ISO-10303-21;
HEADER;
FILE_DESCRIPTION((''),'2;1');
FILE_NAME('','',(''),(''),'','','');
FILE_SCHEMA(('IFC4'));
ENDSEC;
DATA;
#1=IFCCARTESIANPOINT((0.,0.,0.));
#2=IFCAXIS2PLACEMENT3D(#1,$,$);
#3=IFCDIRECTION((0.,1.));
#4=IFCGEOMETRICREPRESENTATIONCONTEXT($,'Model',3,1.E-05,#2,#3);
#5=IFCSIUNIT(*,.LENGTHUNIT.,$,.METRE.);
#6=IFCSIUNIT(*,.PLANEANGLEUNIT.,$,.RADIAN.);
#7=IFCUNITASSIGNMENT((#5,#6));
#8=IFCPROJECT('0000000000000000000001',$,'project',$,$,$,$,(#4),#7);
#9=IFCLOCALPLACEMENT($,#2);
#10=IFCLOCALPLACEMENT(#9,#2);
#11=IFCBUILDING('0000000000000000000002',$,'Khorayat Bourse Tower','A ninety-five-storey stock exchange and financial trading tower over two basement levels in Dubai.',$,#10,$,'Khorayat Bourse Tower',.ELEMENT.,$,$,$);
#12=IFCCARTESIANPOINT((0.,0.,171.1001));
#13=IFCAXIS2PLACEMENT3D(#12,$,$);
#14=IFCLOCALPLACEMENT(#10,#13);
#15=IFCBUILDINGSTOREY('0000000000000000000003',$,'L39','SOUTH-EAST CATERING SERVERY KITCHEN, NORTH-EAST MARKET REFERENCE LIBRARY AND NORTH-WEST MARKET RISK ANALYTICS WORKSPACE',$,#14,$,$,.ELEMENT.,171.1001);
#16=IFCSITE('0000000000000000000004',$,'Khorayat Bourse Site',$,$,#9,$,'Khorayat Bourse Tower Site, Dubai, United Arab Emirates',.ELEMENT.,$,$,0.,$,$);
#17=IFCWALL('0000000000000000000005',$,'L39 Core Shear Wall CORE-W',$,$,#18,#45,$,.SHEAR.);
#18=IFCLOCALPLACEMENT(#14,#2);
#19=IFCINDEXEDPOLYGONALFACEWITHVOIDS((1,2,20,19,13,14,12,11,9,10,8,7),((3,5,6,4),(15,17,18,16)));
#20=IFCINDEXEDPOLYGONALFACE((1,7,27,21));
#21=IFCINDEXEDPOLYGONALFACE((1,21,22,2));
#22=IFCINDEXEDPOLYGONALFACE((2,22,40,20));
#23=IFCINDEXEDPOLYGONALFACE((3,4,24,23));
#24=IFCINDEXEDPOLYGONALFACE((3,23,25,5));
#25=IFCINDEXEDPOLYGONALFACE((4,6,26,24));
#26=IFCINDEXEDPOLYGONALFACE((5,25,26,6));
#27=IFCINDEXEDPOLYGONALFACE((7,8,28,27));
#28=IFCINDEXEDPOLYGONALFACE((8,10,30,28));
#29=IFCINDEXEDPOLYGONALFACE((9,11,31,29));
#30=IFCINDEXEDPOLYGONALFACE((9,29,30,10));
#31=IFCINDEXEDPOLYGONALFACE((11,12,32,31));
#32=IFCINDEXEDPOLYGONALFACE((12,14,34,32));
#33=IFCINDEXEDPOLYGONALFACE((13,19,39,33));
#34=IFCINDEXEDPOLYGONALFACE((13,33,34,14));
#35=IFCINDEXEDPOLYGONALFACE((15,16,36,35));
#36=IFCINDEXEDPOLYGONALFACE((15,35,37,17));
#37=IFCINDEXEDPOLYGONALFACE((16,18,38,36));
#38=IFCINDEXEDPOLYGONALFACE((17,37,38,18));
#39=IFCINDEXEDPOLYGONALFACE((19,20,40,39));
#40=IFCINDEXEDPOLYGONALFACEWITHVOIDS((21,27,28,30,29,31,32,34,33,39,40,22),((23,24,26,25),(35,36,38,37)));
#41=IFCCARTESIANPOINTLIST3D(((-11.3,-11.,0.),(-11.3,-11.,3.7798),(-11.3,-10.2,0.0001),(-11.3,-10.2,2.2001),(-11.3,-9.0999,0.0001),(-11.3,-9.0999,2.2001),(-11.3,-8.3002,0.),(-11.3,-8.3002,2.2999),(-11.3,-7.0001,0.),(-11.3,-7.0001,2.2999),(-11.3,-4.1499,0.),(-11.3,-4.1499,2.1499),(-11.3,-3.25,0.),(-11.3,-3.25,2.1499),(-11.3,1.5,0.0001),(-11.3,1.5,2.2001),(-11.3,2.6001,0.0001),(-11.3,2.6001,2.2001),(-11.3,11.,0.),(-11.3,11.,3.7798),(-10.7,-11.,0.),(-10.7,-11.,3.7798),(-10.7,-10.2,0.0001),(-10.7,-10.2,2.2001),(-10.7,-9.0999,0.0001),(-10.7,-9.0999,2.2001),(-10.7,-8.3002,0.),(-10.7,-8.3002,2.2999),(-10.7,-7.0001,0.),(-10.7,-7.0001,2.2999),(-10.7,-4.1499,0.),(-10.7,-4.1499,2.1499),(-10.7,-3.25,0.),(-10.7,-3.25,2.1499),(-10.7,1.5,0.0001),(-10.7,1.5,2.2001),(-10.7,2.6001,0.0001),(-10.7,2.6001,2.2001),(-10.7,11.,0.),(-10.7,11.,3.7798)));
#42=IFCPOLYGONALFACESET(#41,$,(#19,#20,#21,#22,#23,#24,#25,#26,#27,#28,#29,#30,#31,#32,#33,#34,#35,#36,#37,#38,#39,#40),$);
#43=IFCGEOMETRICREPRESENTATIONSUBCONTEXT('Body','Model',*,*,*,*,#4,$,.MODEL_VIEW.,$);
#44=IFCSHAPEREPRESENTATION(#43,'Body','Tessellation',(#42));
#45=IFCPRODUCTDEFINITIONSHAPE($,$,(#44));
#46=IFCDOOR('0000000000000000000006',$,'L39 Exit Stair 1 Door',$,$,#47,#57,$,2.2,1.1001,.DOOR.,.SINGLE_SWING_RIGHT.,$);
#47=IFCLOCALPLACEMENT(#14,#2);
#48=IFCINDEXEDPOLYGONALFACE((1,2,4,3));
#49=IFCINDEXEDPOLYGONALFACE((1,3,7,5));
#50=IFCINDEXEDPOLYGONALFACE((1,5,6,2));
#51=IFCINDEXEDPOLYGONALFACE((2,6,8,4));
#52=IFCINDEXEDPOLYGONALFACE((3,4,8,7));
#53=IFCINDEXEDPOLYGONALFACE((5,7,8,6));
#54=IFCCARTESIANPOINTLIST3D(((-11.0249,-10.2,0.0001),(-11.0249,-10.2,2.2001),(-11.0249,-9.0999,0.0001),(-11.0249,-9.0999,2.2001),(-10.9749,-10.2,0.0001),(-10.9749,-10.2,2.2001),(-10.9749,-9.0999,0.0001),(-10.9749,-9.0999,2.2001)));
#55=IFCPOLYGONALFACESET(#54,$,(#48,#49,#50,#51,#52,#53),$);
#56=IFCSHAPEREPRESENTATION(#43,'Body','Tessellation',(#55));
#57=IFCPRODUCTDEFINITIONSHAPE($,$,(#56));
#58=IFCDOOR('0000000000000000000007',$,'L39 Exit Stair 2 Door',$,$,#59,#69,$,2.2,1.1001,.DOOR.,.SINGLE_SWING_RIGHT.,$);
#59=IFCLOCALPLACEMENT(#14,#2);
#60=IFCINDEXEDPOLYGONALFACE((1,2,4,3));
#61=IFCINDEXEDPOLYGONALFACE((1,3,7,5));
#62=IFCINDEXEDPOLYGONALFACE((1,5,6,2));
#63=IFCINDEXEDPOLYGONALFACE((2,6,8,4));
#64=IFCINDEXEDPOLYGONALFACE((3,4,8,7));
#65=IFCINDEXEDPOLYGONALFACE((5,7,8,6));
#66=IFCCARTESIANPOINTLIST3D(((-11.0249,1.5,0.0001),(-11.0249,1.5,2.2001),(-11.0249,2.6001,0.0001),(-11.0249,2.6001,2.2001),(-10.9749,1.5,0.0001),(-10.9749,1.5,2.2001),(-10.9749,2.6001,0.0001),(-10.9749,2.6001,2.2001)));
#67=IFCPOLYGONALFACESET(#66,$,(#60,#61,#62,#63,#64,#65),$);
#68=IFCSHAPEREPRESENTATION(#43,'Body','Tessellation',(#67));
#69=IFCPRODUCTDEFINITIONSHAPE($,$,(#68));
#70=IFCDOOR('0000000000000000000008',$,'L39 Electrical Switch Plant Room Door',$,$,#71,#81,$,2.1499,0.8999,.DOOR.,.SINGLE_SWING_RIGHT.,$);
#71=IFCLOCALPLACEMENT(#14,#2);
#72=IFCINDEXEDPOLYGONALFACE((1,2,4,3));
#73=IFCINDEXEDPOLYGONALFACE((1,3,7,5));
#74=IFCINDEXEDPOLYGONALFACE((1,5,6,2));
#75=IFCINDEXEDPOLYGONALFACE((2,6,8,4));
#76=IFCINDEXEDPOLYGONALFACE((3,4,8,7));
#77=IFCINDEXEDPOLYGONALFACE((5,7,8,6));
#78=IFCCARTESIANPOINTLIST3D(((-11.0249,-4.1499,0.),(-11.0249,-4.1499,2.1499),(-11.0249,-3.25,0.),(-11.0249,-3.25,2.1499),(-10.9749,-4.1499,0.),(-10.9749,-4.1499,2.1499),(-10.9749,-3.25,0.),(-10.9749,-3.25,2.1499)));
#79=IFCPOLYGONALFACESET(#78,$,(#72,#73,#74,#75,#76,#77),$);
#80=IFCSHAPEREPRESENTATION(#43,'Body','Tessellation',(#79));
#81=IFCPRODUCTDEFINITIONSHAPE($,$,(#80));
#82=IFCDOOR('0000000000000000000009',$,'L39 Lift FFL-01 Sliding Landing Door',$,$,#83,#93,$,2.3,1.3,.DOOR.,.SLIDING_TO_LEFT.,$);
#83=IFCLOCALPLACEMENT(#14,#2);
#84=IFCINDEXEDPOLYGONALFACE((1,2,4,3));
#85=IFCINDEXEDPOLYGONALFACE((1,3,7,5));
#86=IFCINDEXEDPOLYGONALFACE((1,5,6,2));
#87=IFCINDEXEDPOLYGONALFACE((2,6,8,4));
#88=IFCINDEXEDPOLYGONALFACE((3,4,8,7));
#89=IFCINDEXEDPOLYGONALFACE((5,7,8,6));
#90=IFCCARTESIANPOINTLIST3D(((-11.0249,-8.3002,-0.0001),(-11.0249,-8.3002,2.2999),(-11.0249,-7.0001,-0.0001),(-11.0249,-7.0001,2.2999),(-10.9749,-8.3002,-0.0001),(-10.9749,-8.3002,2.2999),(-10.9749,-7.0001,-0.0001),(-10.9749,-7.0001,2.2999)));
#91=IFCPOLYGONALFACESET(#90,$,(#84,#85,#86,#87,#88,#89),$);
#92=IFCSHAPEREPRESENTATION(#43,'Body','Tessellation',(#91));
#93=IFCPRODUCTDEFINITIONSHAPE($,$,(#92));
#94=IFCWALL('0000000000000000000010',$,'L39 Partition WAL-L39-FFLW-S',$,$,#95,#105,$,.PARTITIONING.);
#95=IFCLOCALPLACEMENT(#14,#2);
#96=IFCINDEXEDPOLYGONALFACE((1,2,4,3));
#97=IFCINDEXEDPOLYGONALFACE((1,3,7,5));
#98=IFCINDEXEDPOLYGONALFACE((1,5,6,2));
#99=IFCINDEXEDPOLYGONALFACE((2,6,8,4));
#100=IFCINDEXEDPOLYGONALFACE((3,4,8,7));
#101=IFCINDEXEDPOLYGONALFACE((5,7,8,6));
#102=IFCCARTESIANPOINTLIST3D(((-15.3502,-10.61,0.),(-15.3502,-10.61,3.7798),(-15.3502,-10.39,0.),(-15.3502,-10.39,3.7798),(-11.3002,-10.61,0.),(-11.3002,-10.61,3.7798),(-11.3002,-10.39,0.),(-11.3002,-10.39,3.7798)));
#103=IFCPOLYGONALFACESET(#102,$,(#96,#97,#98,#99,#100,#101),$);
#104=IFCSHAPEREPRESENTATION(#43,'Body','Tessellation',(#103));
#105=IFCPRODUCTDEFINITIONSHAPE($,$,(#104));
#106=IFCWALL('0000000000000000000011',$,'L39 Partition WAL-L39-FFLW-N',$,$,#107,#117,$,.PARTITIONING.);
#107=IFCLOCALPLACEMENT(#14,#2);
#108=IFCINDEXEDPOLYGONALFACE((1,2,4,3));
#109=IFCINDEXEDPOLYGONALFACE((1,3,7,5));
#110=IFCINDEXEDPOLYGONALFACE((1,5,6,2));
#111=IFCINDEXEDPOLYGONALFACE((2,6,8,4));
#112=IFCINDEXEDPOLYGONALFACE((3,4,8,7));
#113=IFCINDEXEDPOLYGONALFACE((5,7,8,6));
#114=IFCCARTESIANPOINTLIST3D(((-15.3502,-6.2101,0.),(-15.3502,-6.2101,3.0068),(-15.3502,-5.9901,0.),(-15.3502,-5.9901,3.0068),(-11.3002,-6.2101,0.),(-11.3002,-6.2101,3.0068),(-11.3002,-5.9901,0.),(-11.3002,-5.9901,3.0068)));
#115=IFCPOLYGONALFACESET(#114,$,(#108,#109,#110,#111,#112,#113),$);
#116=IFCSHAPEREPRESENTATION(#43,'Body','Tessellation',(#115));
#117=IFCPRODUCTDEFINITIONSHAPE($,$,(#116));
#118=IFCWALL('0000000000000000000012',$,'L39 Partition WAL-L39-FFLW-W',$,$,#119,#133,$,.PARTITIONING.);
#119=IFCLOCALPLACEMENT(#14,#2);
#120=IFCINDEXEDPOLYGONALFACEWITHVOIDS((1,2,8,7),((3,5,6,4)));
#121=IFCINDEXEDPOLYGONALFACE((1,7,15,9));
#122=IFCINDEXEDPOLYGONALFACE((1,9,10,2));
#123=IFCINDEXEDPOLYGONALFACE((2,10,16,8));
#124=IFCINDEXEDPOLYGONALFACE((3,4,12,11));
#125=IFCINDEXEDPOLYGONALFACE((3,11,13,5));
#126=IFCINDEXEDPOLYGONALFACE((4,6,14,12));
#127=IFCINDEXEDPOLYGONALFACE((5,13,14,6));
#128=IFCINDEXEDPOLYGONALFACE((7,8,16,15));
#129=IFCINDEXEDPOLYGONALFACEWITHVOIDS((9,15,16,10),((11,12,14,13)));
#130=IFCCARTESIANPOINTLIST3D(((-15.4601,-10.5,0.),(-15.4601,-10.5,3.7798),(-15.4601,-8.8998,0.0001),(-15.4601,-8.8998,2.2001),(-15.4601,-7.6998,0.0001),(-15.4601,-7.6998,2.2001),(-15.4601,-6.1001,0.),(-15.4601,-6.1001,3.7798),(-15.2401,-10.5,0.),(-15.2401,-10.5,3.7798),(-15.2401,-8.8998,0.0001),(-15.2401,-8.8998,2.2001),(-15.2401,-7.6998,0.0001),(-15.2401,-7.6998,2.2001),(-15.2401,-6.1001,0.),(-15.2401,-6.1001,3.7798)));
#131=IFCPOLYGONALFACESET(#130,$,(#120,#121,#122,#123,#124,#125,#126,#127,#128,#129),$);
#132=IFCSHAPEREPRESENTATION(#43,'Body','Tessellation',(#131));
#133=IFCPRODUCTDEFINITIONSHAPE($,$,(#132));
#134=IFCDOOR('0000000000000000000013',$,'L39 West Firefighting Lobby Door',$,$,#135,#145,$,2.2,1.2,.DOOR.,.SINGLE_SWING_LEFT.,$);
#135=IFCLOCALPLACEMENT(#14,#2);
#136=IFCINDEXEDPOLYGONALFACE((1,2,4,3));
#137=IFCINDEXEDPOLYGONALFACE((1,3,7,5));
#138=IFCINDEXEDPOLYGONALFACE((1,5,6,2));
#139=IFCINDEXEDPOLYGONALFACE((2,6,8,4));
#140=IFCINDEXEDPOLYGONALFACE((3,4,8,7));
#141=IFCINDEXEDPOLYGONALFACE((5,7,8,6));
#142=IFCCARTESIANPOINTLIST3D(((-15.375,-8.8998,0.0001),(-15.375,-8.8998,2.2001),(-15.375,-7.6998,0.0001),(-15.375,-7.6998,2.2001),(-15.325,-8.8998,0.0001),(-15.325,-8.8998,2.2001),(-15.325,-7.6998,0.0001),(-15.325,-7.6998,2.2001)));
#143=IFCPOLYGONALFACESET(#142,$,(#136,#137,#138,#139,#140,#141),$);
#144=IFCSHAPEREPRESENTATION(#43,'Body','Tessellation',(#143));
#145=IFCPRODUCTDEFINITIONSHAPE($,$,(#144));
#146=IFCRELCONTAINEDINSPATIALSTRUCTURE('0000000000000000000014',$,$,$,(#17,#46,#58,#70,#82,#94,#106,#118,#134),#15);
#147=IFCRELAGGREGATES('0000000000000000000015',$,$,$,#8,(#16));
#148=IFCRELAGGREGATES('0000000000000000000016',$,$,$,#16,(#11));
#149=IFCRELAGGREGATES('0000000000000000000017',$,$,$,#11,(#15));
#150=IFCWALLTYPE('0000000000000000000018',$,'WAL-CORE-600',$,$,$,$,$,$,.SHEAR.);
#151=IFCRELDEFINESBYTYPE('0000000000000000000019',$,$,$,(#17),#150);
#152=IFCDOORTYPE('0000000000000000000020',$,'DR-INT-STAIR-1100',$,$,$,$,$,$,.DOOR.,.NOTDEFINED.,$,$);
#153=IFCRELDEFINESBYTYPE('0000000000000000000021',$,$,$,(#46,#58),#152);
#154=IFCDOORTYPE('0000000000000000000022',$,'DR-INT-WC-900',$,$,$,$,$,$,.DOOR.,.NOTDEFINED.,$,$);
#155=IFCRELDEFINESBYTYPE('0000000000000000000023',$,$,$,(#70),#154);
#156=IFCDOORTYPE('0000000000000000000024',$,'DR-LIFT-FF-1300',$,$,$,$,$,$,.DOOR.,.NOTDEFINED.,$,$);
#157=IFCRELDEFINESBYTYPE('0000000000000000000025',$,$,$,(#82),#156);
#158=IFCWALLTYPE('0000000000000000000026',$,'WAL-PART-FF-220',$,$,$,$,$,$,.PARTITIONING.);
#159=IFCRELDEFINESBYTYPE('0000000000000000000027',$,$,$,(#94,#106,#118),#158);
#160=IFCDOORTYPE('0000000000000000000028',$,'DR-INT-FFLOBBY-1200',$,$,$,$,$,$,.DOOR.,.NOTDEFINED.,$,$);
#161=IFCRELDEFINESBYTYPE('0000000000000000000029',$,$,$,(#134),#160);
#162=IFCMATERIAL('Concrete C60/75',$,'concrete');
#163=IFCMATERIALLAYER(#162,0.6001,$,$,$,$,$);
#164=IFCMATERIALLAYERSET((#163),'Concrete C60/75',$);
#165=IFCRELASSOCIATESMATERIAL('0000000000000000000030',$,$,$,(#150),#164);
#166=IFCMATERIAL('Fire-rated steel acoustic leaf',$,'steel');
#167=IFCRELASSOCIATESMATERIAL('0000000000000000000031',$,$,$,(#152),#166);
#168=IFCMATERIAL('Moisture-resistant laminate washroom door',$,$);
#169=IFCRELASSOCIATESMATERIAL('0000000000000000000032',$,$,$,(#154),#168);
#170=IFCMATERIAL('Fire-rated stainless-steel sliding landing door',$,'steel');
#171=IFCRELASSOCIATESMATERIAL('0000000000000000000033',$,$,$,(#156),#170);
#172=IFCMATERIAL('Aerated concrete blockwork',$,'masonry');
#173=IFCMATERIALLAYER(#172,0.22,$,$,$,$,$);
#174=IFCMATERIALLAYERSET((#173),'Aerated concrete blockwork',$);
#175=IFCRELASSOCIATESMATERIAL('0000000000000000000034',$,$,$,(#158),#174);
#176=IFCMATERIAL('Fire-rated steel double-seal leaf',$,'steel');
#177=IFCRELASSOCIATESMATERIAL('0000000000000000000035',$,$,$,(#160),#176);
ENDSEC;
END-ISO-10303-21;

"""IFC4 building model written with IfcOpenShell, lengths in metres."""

from ifc_helpers import new_model, si_unit, direction, frame, frame_2d, origin, place, context, subcontext, project, spatial, rectangle, extrude, source, transform, mapped, material, layer, layer_set, type_object, element, fill, save


model = new_model("IFC4")

# Units and contexts
model_context = context("Model", 3, precision=1e-05, world=origin(), true_north=direction((0.0, 1.0)))
body_context = subcontext(model_context, "Body", "Model", "MODEL_VIEW")
ifc_project = project(units=[si_unit("LENGTHUNIT", "METRE"), si_unit("PLANEANGLEUNIT", "RADIAN")], contexts=[model_context])

# Site, building, storey
site_placement = place(None, origin())
site = spatial("IfcSite", under=ifc_project, at=site_placement, Name="Khorayat Bourse Site", LongName="Khorayat Bourse Tower Site, Dubai, United Arab Emirates", CompositionType="ELEMENT", RefElevation=0.0)
building_placement = place(site_placement, origin())
building = spatial("IfcBuilding", under=site, at=building_placement, Name="Khorayat Bourse Tower", Description="A ninety-five-storey stock exchange and financial trading tower over two basement levels in Dubai.", LongName="Khorayat Bourse Tower", CompositionType="ELEMENT")
storey_placement = place(building_placement, frame((0.0, 0.0, 171.1001)))
storey = spatial("IfcBuildingStorey", under=building, at=storey_placement, Name="L39", Description="SOUTH-EAST CATERING SERVERY KITCHEN, NORTH-EAST MARKET REFERENCE LIBRARY AND NORTH-WEST MARKET RISK ANALYTICS WORKSPACE", CompositionType="ELEMENT", Elevation=171.1001)

# Shared definitions
ifc_material_1 = material(Name="Concrete C60/75", Category="concrete")

# Wall, openings, doors
ifc_layer_1 = layer(ifc_material_1, 0.6001)
ifc_layer_set_1 = layer_set([ifc_layer_1], Name="Concrete C60/75")
wall_type_1 = type_object("IfcWallType", Name="WAL-CORE-600", PredefinedType="SHEAR", material=ifc_layer_set_1)
shared_shape_1 = source(origin(), body_context, "Body", "SweptSolid", [
    extrude(rectangle(XDim=22.0, YDim=0.6001, at=frame_2d((11.0, 0.0))), origin(), (0.0, 0.0, 1.0), 3.7798),
])
wall_1_placement = place(storey_placement, frame((-11.0, -11.0, 0.0), z_axis=(0.0, 0.0, 1.0), x_axis=(0.0, 1.0, 0.0)))
wall_1 = element("IfcWall", 1, at=wall_1_placement, inside=storey, type_object=wall_type_1, Name="L39 Core Shear Wall CORE-W", PredefinedType="SHEAR", context=body_context, shape_type="MappedRepresentation", body=[
    mapped(shared_shape_1, transform((0.0, 0.0, 0.0), scale=1.0)),
])
shared_shape_2 = source(origin(), body_context, "Body", "SweptSolid", [
    extrude(rectangle(XDim=1.1001, YDim=2.2, at=frame_2d((0.55, 1.1001))), frame((0.0, 0.3101, 0.0), z_axis=(0.0, -1.0, 0.0), x_axis=(1.0, 0.0, 0.0)), (0.0, 0.0, 1.0), 0.6201),
])
opening_1_placement = place(wall_1_placement, frame((0.8, 0.0, 0.0)))
opening_1 = element("IfcOpeningElement", 2, at=opening_1_placement, cuts=wall_1, PredefinedType="OPENING", context=body_context, shape_type="MappedRepresentation", body=[
    mapped(shared_shape_2, transform((0.0, 0.0, 0.0), scale=1.0)),
])
opening_2_placement = place(wall_1_placement, frame((12.5, 0.0, 0.0)))
opening_2 = element("IfcOpeningElement", 3, at=opening_2_placement, cuts=wall_1, PredefinedType="OPENING", context=body_context, shape_type="MappedRepresentation", body=[
    mapped(shared_shape_2, transform((0.0, 0.0, 0.0), scale=1.0)),
])
shared_shape_3 = source(origin(), body_context, "Body", "SweptSolid", [
    extrude(rectangle(XDim=0.8999, YDim=2.1499, at=frame_2d((0.45, 1.075))), frame((0.0, 0.3101, 0.0), z_axis=(0.0, -1.0, 0.0), x_axis=(1.0, 0.0, 0.0)), (0.0, 0.0, 1.0), 0.6201),
])
opening_3_placement = place(wall_1_placement, frame((6.8501, 0.0, 0.0)))
opening_3 = element("IfcOpeningElement", 4, at=opening_3_placement, cuts=wall_1, PredefinedType="OPENING", context=body_context, shape_type="MappedRepresentation", body=[
    mapped(shared_shape_3, transform((0.0, 0.0, 0.0), scale=1.0)),
])
shared_shape_4 = source(origin(), body_context, "Body", "SweptSolid", [
    extrude(rectangle(XDim=1.3, YDim=2.3, at=frame_2d((0.6499, 1.1499))), frame((0.0, 0.3101, 0.0), z_axis=(0.0, -1.0, 0.0), x_axis=(1.0, 0.0, 0.0)), (0.0, 0.0, 1.0), 0.6201),
])
opening_4_placement = place(wall_1_placement, frame((2.7, 0.0, 0.0)))
opening_4 = element("IfcOpeningElement", 5, at=opening_4_placement, cuts=wall_1, PredefinedType="OPENING", context=body_context, shape_type="MappedRepresentation", body=[
    mapped(shared_shape_4, transform((0.0, 0.0, 0.0), scale=1.0)),
])
ifc_material_2 = material(Name="Fire-rated steel acoustic leaf", Category="steel")
door_type_1 = type_object("IfcDoorType", Name="DR-INT-STAIR-1100", OperationType="NOTDEFINED", PredefinedType="DOOR", material=ifc_material_2)
shared_shape_5 = source(origin(), body_context, "Body", "SweptSolid", [
    extrude(rectangle(XDim=1.1001, YDim=2.2, at=frame_2d((0.55, 1.1001))), frame((0.0, 0.0249, 0.0), z_axis=(0.0, -1.0, 0.0), x_axis=(1.0, 0.0, 0.0)), (0.0, 0.0, 1.0), 0.05),
])
door_1_placement = place(opening_1_placement, origin())
door_1 = element("IfcDoor", 6, at=door_1_placement, inside=storey, type_object=door_type_1, Name="L39 Exit Stair 1 Door", OperationType="SINGLE_SWING_RIGHT", OverallHeight=2.2, OverallWidth=1.1001, PredefinedType="DOOR", context=body_context, shape_type="MappedRepresentation", body=[
    mapped(shared_shape_5, transform((0.0, 0.0, 0.0), scale=1.0)),
])
fill(opening_1, door_1)
door_2_placement = place(opening_2_placement, origin())
door_2 = element("IfcDoor", 7, at=door_2_placement, inside=storey, type_object=door_type_1, Name="L39 Exit Stair 2 Door", OperationType="SINGLE_SWING_RIGHT", OverallHeight=2.2, OverallWidth=1.1001, PredefinedType="DOOR", context=body_context, shape_type="MappedRepresentation", body=[
    mapped(shared_shape_5, transform((0.0, 0.0, 0.0), scale=1.0)),
])
fill(opening_2, door_2)
ifc_material_3 = material(Name="Moisture-resistant laminate washroom door")
door_type_2 = type_object("IfcDoorType", Name="DR-INT-WC-900", OperationType="NOTDEFINED", PredefinedType="DOOR", material=ifc_material_3)
shared_shape_6 = source(origin(), body_context, "Body", "SweptSolid", [
    extrude(rectangle(XDim=0.8999, YDim=2.1499, at=frame_2d((0.45, 1.075))), frame((0.0, 0.0249, 0.0), z_axis=(0.0, -1.0, 0.0), x_axis=(1.0, 0.0, 0.0)), (0.0, 0.0, 1.0), 0.05),
])
door_3_placement = place(opening_3_placement, origin())
door_3 = element("IfcDoor", 8, at=door_3_placement, inside=storey, type_object=door_type_2, Name="L39 Electrical Switch Plant Room Door", OperationType="SINGLE_SWING_RIGHT", OverallHeight=2.1499, OverallWidth=0.8999, PredefinedType="DOOR", context=body_context, shape_type="MappedRepresentation", body=[
    mapped(shared_shape_6, transform((0.0, 0.0, 0.0), scale=1.0)),
])
fill(opening_3, door_3)
ifc_material_4 = material(Name="Fire-rated stainless-steel sliding landing door", Category="steel")
door_type_3 = type_object("IfcDoorType", Name="DR-LIFT-FF-1300", OperationType="NOTDEFINED", PredefinedType="DOOR", material=ifc_material_4)
shared_shape_7 = source(origin(), body_context, "Body", "SweptSolid", [
    extrude(rectangle(XDim=1.3, YDim=2.3, at=frame_2d((0.6499, 1.1499))), frame((0.0, 0.0249, 0.0), z_axis=(0.0, -1.0, 0.0), x_axis=(1.0, 0.0, 0.0)), (0.0, 0.0, 1.0), 0.05),
])
door_4_placement = place(opening_4_placement, origin())
door_4 = element("IfcDoor", 9, at=door_4_placement, inside=storey, type_object=door_type_3, Name="L39 Lift FFL-01 Sliding Landing Door", OperationType="SLIDING_TO_LEFT", OverallHeight=2.3, OverallWidth=1.3, PredefinedType="DOOR", context=body_context, shape_type="MappedRepresentation", body=[
    mapped(shared_shape_7, transform((0.0, 0.0, 0.0), scale=1.0)),
])
fill(opening_4, door_4)

# Walls
ifc_material_5 = material(Name="Aerated concrete blockwork", Category="masonry")
ifc_layer_2 = layer(ifc_material_5, 0.22)
ifc_layer_set_2 = layer_set([ifc_layer_2], Name="Aerated concrete blockwork")
wall_type_2 = type_object("IfcWallType", Name="WAL-PART-FF-220", PredefinedType="PARTITIONING", material=ifc_layer_set_2)
shared_shape_8 = source(origin(), body_context, "Body", "SweptSolid", [
    extrude(rectangle(XDim=4.05, YDim=0.22, at=frame_2d((2.0249, 0.0))), origin(), (0.0, 0.0, 1.0), 3.7798),
])
wall_2_placement = place(storey_placement, frame((-15.3501, -10.5, 0.0), z_axis=(0.0, 0.0, 1.0), x_axis=(1.0, 0.0, 0.0)))
element("IfcWall", 10, at=wall_2_placement, inside=storey, type_object=wall_type_2, Name="L39 Partition WAL-L39-FFLW-S", PredefinedType="PARTITIONING", context=body_context, shape_type="MappedRepresentation", body=[
    mapped(shared_shape_8, transform((0.0, 0.0, 0.0), scale=1.0)),
])
shared_shape_9 = source(origin(), body_context, "Body", "SweptSolid", [
    extrude(rectangle(XDim=4.05, YDim=0.22, at=frame_2d((2.0249, 0.0))), origin(), (0.0, 0.0, 1.0), 3.0068),
])
wall_3_placement = place(storey_placement, frame((-15.3501, -6.1001, 0.0), z_axis=(0.0, 0.0, 1.0), x_axis=(1.0, 0.0, 0.0)))
element("IfcWall", 11, at=wall_3_placement, inside=storey, type_object=wall_type_2, Name="L39 Partition WAL-L39-FFLW-N", PredefinedType="PARTITIONING", context=body_context, shape_type="MappedRepresentation", body=[
    mapped(shared_shape_9, transform((0.0, 0.0, 0.0), scale=1.0)),
])

# Wall, opening, door
shared_shape_10 = source(origin(), body_context, "Body", "SweptSolid", [
    extrude(rectangle(XDim=4.3999, YDim=0.22, at=frame_2d((2.2, 0.0))), origin(), (0.0, 0.0, 1.0), 3.7798),
])
wall_4_placement = place(storey_placement, frame((-15.3501, -10.5, 0.0), z_axis=(0.0, 0.0, 1.0), x_axis=(0.0, 1.0, 0.0)))
wall_4 = element("IfcWall", 12, at=wall_4_placement, inside=storey, type_object=wall_type_2, Name="L39 Partition WAL-L39-FFLW-W", PredefinedType="PARTITIONING", context=body_context, shape_type="MappedRepresentation", body=[
    mapped(shared_shape_10, transform((0.0, 0.0, 0.0), scale=1.0)),
])
shared_shape_11 = source(origin(), body_context, "Body", "SweptSolid", [
    extrude(rectangle(XDim=1.2, YDim=2.2, at=frame_2d((0.6001, 1.1001))), frame((0.0, 0.1199, 0.0), z_axis=(0.0, -1.0, 0.0), x_axis=(1.0, 0.0, 0.0)), (0.0, 0.0, 1.0), 0.24),
])
opening_5_placement = place(wall_4_placement, frame((1.6001, 0.0, 0.0)))
opening_5 = element("IfcOpeningElement", 13, at=opening_5_placement, cuts=wall_4, PredefinedType="OPENING", context=body_context, shape_type="MappedRepresentation", body=[
    mapped(shared_shape_11, transform((0.0, 0.0, 0.0), scale=1.0)),
])
ifc_material_6 = material(Name="Fire-rated steel double-seal leaf", Category="steel")
door_type_4 = type_object("IfcDoorType", Name="DR-INT-FFLOBBY-1200", OperationType="NOTDEFINED", PredefinedType="DOOR", material=ifc_material_6)
shared_shape_12 = source(origin(), body_context, "Body", "SweptSolid", [
    extrude(rectangle(XDim=1.2, YDim=2.2, at=frame_2d((0.6001, 1.1001))), frame((0.0, 0.0249, 0.0), z_axis=(0.0, -1.0, 0.0), x_axis=(1.0, 0.0, 0.0)), (0.0, 0.0, 1.0), 0.05),
])
door_5_placement = place(opening_5_placement, origin())
door_5 = element("IfcDoor", 14, at=door_5_placement, inside=storey, type_object=door_type_4, Name="L39 West Firefighting Lobby Door", OperationType="SINGLE_SWING_LEFT", OverallHeight=2.2, OverallWidth=1.2, PredefinedType="DOOR", context=body_context, shape_type="MappedRepresentation", body=[
    mapped(shared_shape_12, transform((0.0, 0.0, 0.0), scale=1.0)),
])
fill(opening_5, door_5)

save(model, "model.ifc")
